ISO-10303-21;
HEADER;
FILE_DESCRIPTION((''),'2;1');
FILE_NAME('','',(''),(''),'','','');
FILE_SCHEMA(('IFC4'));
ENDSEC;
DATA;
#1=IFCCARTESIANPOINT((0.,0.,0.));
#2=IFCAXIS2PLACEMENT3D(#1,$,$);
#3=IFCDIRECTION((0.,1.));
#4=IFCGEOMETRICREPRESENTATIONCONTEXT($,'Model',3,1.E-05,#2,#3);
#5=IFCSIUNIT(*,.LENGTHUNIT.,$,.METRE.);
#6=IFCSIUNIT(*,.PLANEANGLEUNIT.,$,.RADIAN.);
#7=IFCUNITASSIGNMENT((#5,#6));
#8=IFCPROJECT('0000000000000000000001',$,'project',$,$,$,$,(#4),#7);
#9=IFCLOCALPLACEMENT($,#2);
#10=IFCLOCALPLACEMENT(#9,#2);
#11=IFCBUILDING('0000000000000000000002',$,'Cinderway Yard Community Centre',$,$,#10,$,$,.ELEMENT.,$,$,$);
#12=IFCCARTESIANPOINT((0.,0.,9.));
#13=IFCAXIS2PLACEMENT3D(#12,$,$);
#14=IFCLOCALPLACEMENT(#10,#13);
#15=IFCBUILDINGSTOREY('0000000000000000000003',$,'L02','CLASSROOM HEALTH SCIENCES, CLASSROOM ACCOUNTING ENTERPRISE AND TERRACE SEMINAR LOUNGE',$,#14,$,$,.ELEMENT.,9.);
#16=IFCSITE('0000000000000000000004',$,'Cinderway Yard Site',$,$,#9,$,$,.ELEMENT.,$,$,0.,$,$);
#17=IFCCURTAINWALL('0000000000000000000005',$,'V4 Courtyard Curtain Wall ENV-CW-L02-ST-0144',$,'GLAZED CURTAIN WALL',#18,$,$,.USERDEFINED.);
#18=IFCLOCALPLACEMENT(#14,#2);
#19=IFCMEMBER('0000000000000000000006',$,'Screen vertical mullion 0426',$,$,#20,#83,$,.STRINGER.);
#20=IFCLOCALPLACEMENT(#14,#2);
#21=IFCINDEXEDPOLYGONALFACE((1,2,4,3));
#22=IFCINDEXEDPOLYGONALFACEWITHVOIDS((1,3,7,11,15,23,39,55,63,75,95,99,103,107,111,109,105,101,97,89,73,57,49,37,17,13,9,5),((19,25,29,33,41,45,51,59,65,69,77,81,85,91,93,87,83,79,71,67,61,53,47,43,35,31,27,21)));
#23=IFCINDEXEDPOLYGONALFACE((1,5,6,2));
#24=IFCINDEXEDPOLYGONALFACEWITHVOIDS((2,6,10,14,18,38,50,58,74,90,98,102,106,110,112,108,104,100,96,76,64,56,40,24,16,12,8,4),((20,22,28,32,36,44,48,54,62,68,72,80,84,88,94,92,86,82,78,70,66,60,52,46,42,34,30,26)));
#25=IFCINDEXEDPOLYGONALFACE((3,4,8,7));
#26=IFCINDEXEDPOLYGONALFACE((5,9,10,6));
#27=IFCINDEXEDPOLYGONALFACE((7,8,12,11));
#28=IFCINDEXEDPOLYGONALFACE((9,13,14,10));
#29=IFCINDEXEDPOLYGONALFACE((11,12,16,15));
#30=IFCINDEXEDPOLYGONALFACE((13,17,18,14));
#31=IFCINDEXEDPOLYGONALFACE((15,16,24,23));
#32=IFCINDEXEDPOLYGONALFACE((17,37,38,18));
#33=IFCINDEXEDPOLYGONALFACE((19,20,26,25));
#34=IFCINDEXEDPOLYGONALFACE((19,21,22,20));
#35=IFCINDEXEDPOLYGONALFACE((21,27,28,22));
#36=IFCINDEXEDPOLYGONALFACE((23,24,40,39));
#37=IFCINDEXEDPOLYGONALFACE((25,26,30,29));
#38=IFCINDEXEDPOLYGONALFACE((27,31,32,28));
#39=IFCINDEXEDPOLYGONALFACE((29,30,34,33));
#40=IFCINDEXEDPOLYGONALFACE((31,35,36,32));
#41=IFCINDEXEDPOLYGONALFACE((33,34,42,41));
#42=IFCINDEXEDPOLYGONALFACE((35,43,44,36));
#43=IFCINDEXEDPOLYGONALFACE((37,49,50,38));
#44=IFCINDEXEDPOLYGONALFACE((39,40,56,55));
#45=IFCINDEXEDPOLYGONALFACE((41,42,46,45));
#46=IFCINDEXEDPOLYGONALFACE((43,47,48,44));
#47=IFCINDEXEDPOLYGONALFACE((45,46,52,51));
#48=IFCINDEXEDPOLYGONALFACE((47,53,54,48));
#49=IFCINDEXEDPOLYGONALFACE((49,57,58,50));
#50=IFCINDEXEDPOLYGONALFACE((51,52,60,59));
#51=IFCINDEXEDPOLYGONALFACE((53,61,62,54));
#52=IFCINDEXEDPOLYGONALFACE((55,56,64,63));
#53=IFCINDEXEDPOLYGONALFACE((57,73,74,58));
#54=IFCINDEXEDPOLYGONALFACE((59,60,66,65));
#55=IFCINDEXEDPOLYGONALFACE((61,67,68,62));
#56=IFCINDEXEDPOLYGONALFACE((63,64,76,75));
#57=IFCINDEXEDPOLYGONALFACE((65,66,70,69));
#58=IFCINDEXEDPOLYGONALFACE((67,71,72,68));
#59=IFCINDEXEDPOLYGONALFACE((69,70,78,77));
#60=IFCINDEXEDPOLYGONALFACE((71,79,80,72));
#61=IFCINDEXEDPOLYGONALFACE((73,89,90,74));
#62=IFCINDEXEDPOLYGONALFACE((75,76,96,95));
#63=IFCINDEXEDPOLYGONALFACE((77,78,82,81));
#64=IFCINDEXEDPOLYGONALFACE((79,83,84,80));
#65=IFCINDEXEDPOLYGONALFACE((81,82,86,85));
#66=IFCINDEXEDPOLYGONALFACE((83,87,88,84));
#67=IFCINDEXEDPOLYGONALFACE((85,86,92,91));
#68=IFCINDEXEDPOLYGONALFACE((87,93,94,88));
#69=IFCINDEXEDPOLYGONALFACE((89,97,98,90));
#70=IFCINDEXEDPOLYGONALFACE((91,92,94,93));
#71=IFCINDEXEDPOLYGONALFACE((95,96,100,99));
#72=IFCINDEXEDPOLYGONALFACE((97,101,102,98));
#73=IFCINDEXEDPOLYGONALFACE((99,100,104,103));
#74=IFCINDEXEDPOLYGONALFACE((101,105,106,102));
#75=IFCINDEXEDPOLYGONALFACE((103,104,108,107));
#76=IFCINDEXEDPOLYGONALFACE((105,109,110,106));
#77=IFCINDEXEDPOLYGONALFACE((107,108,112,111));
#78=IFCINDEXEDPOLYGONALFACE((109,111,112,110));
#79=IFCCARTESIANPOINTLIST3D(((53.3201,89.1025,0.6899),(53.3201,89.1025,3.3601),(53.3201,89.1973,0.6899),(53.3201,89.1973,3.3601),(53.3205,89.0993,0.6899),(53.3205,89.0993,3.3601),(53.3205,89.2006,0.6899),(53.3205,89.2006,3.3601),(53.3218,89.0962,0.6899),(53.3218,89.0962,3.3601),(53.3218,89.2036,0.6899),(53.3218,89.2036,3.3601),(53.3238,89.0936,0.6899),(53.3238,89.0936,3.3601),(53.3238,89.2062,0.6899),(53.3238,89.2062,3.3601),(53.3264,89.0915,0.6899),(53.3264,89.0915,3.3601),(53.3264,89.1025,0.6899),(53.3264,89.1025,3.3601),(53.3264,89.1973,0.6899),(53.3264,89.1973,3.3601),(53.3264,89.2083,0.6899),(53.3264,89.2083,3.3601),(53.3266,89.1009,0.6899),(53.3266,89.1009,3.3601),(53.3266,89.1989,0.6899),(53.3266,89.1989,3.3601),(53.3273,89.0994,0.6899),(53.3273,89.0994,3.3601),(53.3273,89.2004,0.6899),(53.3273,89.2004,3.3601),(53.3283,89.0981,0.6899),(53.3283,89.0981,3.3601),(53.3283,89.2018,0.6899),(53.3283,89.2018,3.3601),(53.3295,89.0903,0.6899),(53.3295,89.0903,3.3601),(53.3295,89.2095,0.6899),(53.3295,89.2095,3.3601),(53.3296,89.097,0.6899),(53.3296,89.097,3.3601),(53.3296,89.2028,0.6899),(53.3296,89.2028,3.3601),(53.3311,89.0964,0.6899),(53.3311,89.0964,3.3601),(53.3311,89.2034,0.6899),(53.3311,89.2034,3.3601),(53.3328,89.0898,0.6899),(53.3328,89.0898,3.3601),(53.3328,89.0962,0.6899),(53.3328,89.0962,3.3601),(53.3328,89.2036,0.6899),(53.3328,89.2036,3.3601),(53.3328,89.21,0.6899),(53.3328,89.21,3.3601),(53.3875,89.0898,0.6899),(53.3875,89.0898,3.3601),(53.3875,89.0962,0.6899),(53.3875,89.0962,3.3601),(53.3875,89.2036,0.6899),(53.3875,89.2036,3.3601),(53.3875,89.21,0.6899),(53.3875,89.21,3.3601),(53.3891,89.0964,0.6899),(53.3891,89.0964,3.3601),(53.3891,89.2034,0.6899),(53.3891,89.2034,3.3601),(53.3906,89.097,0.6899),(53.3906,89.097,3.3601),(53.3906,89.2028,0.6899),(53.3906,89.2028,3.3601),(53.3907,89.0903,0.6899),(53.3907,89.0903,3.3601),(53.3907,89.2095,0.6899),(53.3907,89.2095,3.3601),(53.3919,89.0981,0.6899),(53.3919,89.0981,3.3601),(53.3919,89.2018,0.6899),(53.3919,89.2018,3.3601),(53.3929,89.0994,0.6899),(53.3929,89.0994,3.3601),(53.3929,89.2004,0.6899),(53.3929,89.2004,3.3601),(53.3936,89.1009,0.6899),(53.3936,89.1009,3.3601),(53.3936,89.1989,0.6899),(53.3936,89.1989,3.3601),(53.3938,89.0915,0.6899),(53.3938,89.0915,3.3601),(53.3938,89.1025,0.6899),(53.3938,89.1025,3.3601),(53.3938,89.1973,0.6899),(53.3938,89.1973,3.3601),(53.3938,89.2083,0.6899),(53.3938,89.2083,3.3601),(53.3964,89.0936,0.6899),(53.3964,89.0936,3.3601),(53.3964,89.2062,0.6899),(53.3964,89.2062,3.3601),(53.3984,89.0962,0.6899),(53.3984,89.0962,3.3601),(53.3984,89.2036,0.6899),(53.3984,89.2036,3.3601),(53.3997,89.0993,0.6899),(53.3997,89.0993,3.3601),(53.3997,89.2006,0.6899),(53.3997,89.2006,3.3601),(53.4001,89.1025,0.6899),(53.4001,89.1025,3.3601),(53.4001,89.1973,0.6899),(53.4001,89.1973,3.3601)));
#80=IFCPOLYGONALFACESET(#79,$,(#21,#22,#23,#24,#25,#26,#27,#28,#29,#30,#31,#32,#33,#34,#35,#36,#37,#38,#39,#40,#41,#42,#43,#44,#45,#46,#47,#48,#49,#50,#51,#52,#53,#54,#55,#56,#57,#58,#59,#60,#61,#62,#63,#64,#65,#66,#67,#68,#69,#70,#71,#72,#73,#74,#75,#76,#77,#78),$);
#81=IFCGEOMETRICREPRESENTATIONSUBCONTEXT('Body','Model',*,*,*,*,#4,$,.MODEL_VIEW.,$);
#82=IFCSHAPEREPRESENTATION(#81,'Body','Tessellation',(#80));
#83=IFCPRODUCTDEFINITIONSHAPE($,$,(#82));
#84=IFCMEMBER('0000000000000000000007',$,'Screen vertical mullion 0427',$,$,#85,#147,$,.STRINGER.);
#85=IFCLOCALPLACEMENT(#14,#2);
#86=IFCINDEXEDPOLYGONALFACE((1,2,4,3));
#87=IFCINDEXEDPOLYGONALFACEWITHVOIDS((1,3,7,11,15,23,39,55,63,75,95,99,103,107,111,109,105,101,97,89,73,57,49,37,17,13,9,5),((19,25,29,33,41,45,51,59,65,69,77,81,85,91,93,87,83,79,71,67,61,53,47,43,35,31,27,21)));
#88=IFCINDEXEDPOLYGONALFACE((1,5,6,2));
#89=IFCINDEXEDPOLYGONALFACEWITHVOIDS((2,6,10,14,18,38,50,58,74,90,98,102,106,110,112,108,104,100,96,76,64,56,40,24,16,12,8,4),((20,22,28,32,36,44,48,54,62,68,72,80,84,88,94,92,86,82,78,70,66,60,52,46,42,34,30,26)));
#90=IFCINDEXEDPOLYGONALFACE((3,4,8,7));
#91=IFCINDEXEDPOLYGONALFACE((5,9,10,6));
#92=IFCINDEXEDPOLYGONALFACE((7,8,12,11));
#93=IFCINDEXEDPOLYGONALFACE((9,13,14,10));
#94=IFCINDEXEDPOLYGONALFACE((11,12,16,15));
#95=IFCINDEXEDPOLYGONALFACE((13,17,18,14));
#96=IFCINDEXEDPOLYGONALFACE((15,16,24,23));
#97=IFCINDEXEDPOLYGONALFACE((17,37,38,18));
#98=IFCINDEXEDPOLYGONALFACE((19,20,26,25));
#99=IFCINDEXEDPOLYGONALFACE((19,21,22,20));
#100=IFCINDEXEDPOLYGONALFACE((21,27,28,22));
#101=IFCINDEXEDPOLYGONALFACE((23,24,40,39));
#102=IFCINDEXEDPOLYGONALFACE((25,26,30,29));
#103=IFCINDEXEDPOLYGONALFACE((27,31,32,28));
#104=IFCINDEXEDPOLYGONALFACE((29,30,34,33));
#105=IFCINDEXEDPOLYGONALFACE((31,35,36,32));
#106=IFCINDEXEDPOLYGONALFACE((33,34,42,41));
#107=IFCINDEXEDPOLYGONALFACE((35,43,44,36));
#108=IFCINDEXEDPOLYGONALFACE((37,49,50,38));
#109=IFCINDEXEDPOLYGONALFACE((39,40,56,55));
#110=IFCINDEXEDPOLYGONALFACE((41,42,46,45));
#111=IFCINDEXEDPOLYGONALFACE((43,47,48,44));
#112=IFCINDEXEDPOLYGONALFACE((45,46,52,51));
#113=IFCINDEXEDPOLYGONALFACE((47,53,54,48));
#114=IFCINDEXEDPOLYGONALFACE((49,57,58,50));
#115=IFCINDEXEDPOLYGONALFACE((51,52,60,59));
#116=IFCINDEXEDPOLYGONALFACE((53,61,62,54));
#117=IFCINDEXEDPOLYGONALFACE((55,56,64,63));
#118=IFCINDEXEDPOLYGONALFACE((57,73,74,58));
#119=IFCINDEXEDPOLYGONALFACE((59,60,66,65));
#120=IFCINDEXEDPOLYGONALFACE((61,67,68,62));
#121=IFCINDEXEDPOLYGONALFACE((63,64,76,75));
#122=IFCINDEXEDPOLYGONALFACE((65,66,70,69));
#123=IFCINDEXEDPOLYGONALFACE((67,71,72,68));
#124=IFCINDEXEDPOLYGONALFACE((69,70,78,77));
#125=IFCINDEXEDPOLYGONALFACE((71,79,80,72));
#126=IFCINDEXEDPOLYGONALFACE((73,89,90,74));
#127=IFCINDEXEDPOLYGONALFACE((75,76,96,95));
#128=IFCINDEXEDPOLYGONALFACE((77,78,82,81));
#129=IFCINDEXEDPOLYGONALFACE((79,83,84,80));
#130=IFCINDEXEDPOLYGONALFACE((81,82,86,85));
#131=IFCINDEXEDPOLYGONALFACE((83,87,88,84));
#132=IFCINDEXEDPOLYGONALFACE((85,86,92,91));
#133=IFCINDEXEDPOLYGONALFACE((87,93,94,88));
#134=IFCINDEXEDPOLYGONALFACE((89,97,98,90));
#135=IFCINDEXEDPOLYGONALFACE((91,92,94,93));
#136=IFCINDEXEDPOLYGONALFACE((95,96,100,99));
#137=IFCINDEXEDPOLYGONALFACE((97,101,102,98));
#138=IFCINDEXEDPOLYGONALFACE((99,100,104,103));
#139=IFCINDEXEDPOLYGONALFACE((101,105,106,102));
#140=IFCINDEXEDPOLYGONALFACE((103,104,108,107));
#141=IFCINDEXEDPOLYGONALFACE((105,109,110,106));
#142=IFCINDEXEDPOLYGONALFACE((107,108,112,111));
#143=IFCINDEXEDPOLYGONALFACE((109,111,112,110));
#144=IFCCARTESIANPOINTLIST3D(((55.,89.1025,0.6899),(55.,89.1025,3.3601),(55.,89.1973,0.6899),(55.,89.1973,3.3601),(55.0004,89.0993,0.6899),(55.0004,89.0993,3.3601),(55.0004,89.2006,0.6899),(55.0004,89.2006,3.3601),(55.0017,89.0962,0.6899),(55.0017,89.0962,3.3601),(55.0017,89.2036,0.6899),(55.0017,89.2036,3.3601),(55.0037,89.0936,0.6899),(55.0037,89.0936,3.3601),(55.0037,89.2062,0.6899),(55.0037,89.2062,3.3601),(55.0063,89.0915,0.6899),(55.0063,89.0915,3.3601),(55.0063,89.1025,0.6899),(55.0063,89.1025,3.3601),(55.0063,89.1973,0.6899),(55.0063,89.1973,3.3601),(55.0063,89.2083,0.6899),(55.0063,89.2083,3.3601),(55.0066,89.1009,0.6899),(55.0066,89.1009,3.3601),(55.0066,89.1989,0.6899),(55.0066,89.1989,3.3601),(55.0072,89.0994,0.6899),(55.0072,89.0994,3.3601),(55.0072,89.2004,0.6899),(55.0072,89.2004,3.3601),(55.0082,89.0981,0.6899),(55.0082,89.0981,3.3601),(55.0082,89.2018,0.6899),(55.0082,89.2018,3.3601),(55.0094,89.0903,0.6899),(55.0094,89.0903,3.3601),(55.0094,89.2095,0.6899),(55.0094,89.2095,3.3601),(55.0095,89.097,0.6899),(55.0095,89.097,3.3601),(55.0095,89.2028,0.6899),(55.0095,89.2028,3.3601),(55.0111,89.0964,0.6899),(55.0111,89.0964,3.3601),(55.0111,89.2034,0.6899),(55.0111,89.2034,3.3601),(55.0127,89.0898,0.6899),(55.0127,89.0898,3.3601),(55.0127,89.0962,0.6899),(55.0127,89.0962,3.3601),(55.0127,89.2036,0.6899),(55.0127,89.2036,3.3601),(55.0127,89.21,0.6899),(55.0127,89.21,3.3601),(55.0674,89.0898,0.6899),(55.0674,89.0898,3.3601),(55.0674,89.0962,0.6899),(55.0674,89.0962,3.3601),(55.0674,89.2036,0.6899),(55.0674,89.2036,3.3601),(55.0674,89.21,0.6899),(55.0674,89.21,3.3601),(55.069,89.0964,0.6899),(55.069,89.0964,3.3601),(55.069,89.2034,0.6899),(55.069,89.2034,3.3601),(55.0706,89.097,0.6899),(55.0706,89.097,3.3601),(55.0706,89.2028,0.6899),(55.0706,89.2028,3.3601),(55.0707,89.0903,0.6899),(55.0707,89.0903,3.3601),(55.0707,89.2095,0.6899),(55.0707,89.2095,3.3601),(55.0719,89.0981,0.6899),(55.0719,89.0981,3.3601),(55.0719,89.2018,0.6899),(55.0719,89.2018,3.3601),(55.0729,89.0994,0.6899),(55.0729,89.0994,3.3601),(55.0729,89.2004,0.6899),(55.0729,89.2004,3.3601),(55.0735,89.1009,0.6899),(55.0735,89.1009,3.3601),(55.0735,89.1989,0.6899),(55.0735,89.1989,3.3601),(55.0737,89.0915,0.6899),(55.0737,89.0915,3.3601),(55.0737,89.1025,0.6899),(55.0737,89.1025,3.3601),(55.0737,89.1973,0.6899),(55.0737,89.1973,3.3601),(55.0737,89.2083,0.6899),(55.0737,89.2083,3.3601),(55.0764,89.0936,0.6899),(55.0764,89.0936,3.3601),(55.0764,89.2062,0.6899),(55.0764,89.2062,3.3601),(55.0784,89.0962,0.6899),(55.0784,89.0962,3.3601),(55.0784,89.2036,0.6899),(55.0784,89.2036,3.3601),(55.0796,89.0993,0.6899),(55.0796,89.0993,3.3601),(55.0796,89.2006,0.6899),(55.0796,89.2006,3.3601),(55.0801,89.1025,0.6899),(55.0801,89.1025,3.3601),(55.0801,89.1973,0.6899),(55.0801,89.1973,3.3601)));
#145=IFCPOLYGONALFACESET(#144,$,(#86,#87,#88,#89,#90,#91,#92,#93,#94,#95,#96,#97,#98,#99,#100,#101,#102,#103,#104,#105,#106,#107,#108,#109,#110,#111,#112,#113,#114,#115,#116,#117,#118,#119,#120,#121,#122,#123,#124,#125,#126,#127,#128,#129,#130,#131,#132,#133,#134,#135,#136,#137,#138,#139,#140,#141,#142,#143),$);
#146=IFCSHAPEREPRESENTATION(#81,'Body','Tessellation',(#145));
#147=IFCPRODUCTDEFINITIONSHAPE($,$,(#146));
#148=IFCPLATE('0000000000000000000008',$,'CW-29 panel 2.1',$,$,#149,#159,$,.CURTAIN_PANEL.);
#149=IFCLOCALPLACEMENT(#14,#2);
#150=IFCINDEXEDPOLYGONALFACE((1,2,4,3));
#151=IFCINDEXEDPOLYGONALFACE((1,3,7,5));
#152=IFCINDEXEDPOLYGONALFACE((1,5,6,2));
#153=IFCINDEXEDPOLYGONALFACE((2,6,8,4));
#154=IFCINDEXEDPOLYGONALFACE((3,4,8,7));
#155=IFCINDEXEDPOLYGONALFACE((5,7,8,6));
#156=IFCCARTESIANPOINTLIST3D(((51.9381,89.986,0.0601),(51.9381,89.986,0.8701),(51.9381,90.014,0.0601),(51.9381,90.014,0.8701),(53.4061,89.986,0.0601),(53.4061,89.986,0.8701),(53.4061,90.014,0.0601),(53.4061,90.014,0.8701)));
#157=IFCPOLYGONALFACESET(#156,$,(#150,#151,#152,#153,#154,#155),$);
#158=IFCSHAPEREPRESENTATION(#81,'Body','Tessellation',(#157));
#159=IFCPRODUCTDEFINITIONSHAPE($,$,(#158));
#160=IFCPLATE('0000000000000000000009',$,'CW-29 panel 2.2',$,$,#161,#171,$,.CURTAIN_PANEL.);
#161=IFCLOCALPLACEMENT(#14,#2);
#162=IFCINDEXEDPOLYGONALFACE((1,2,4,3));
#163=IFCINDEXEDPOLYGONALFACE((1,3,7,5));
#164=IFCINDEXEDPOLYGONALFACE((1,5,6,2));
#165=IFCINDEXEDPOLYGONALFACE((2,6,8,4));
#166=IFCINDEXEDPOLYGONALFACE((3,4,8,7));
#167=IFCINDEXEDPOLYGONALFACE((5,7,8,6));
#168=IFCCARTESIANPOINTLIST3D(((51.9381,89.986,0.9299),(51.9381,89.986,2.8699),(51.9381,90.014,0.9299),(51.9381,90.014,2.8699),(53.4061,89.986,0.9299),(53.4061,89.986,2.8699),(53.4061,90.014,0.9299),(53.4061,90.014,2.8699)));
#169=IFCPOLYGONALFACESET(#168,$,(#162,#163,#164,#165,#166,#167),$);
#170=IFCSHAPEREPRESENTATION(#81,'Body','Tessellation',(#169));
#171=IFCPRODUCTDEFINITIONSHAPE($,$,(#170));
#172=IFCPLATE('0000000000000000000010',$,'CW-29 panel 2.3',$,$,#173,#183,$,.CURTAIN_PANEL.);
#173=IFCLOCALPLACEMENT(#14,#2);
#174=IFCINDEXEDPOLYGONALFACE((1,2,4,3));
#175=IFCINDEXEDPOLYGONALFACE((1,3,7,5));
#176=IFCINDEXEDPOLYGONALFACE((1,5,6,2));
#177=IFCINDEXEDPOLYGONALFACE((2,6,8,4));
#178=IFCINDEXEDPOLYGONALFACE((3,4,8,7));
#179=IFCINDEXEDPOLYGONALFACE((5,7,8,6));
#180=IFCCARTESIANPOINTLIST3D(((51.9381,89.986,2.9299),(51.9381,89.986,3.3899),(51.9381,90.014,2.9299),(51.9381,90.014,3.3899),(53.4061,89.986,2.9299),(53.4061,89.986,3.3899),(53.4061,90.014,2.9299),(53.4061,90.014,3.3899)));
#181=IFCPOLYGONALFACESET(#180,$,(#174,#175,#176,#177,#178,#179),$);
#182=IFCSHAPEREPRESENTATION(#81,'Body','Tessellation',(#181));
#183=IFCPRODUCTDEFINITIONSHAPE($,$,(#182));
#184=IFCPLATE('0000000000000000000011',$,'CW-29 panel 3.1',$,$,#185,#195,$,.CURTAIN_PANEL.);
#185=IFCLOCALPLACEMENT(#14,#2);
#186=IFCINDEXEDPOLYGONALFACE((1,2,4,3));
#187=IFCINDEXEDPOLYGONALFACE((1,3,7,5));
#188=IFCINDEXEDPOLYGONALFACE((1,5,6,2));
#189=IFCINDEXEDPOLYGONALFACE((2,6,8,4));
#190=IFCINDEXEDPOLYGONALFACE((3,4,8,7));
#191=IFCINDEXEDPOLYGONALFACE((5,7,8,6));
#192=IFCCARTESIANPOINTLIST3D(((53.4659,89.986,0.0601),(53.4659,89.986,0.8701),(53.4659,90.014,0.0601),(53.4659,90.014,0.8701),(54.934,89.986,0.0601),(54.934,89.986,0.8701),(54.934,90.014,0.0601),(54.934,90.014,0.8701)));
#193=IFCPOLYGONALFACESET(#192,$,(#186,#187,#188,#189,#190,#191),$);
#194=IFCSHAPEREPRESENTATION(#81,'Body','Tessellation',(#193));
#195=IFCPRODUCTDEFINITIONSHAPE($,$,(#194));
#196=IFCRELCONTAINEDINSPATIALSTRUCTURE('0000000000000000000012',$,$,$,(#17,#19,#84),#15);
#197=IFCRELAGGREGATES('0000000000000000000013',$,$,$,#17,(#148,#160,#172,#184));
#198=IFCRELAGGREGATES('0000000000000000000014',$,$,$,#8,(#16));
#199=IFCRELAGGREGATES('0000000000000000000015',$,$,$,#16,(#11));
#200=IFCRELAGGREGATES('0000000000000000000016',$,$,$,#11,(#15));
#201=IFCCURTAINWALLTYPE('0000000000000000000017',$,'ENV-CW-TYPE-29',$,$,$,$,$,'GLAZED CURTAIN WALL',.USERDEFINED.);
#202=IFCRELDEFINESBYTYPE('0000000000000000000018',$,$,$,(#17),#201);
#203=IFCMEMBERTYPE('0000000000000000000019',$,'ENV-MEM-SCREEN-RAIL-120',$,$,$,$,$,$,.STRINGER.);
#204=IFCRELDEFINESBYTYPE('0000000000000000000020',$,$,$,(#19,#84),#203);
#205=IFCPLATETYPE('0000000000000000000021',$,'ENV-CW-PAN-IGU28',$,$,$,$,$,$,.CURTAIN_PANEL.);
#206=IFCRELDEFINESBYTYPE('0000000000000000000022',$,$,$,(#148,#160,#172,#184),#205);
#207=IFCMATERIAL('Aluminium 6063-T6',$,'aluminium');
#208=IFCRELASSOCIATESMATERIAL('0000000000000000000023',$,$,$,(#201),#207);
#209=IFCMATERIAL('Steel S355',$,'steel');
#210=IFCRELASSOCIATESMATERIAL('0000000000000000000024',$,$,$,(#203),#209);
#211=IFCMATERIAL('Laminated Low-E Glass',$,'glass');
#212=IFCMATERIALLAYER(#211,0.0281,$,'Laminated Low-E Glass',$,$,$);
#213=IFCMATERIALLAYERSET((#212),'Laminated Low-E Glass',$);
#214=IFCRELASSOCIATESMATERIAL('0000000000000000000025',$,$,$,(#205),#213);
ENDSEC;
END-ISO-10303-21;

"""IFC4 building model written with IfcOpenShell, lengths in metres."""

from ifc_helpers import new_model, si_unit, direction, frame, origin, origin_2d, place, context, subcontext, project, spatial, rectangle, hollow_rectangle, extrude, material, layer, layer_set, material_profile, profile_set, type_object, element, aggregate, save


model = new_model("IFC4")

# Units and contexts
model_context = context("Model", 3, precision=1e-05, world=origin(), true_north=direction((0.0, 1.0)))
body_context = subcontext(model_context, "Body", "Model", "MODEL_VIEW")
ifc_project = project(units=[si_unit("LENGTHUNIT", "METRE"), si_unit("PLANEANGLEUNIT", "RADIAN")], contexts=[model_context])

# Site, building, storey
site_placement = place(None, origin())
site = spatial("IfcSite", under=ifc_project, at=site_placement, Name="Cinderway Yard Site", CompositionType="ELEMENT", RefElevation=0.0)
building_placement = place(site_placement, origin())
building = spatial("IfcBuilding", under=site, at=building_placement, Name="Cinderway Yard Community Centre", CompositionType="ELEMENT")
storey_placement = place(building_placement, frame((0.0, 0.0, 9.0)))
storey = spatial("IfcBuildingStorey", under=building, at=storey_placement, Name="L02", Description="CLASSROOM HEALTH SCIENCES, CLASSROOM ACCOUNTING ENTERPRISE AND TERRACE SEMINAR LOUNGE", CompositionType="ELEMENT", Elevation=9.0)

# Curtain wall
ifc_material_1 = material(Name="Aluminium 6063-T6", Category="aluminium")
curtain_wall_type = type_object("IfcCurtainWallType", Name="ENV-CW-TYPE-29", ElementType="GLAZED CURTAIN WALL", PredefinedType="USERDEFINED", material=ifc_material_1)
curtain_wall_placement = place(storey_placement, origin())
curtain_wall = element("IfcCurtainWall", 1, at=curtain_wall_placement, inside=storey, type_object=curtain_wall_type, Name="V4 Courtyard Curtain Wall ENV-CW-L02-ST-0144", ObjectType="GLAZED CURTAIN WALL", PredefinedType="USERDEFINED")

# Members
ifc_material_2 = material(Name="Steel S355", Category="steel")
ifc_material_profile_1 = material_profile(ifc_material_2, hollow_rectangle(XDim=0.0801, YDim=0.1201, WallThickness=0.0063, InnerFilletRadius=0.0063, OuterFilletRadius=0.0127, at=origin_2d()), Name="Steel S355")
ifc_profile_set_1 = profile_set([ifc_material_profile_1], Name="Steel S355")
member_type_1 = type_object("IfcMemberType", Name="ENV-MEM-SCREEN-RAIL-120", PredefinedType="STRINGER", material=ifc_profile_set_1)
for number, where, z_axis, x_axis, name in (
    (2, (53.3601, 89.1499, 0.6899), (0.0, 0.0, 1.0), (1.0, 0.0, 0.0), "Screen vertical mullion 0426"),
    (3, (55.04, 89.1499, 0.6899), (0.0, 0.0, 1.0), (1.0, 0.0, 0.0), "Screen vertical mullion 0427"),
):
    element("IfcMember", number, at=place(storey_placement, frame(where, z_axis=z_axis, x_axis=x_axis)), inside=storey, type_object=member_type_1, Name=name, PredefinedType="STRINGER", context=body_context, shape_type="SweptSolid", body=[
        extrude(hollow_rectangle(XDim=0.0801, YDim=0.1201, WallThickness=0.0063, InnerFilletRadius=0.0063, OuterFilletRadius=0.0127, at=origin_2d()), origin(), (0.0, 0.0, 1.0), 2.6702),
    ])

# Plates
ifc_material_3 = material(Name="Laminated Low-E Glass", Category="glass")
ifc_layer_1 = layer(ifc_material_3, 0.0281, Name="Laminated Low-E Glass")
ifc_layer_set_1 = layer_set([ifc_layer_1], Name="Laminated Low-E Glass")
plate_type_1 = type_object("IfcPlateType", Name="ENV-CW-PAN-IGU28", PredefinedType="CURTAIN_PANEL", material=ifc_layer_set_1)
plate_1_placement = place(storey_placement, frame((52.6721, 90.0, 0.0601), z_axis=(0.0, 0.0, 1.0), x_axis=(1.0, 0.0, 0.0)))
plate_1 = element("IfcPlate", 4, at=plate_1_placement, type_object=plate_type_1, Name="CW-29 panel 2.1", PredefinedType="CURTAIN_PANEL", context=body_context, shape_type="SweptSolid", body=[
    extrude(rectangle(XDim=1.468, YDim=0.0281, at=origin_2d()), origin(), (0.0, 0.0, 1.0), 0.8101),
])
plate_2_placement = place(storey_placement, frame((52.6721, 90.0, 0.9299), z_axis=(0.0, 0.0, 1.0), x_axis=(1.0, 0.0, 0.0)))
plate_2 = element("IfcPlate", 5, at=plate_2_placement, type_object=plate_type_1, Name="CW-29 panel 2.2", PredefinedType="CURTAIN_PANEL", context=body_context, shape_type="SweptSolid", body=[
    extrude(rectangle(XDim=1.468, YDim=0.0281, at=origin_2d()), origin(), (0.0, 0.0, 1.0), 1.9399),
])
plate_3_placement = place(storey_placement, frame((52.6721, 90.0, 2.9299), z_axis=(0.0, 0.0, 1.0), x_axis=(1.0, 0.0, 0.0)))
plate_3 = element("IfcPlate", 6, at=plate_3_placement, type_object=plate_type_1, Name="CW-29 panel 2.3", PredefinedType="CURTAIN_PANEL", context=body_context, shape_type="SweptSolid", body=[
    extrude(rectangle(XDim=1.468, YDim=0.0281, at=origin_2d()), origin(), (0.0, 0.0, 1.0), 0.46),
])
plate_4_placement = place(storey_placement, frame((54.2, 90.0, 0.0601), z_axis=(0.0, 0.0, 1.0), x_axis=(1.0, 0.0, 0.0)))
plate_4 = element("IfcPlate", 7, at=plate_4_placement, type_object=plate_type_1, Name="CW-29 panel 3.1", PredefinedType="CURTAIN_PANEL", context=body_context, shape_type="SweptSolid", body=[
    extrude(rectangle(XDim=1.468, YDim=0.0281, at=origin_2d()), origin(), (0.0, 0.0, 1.0), 0.8101),
])
aggregate(curtain_wall, [plate_1, plate_2, plate_3, plate_4])

save(model, "model.ifc")
